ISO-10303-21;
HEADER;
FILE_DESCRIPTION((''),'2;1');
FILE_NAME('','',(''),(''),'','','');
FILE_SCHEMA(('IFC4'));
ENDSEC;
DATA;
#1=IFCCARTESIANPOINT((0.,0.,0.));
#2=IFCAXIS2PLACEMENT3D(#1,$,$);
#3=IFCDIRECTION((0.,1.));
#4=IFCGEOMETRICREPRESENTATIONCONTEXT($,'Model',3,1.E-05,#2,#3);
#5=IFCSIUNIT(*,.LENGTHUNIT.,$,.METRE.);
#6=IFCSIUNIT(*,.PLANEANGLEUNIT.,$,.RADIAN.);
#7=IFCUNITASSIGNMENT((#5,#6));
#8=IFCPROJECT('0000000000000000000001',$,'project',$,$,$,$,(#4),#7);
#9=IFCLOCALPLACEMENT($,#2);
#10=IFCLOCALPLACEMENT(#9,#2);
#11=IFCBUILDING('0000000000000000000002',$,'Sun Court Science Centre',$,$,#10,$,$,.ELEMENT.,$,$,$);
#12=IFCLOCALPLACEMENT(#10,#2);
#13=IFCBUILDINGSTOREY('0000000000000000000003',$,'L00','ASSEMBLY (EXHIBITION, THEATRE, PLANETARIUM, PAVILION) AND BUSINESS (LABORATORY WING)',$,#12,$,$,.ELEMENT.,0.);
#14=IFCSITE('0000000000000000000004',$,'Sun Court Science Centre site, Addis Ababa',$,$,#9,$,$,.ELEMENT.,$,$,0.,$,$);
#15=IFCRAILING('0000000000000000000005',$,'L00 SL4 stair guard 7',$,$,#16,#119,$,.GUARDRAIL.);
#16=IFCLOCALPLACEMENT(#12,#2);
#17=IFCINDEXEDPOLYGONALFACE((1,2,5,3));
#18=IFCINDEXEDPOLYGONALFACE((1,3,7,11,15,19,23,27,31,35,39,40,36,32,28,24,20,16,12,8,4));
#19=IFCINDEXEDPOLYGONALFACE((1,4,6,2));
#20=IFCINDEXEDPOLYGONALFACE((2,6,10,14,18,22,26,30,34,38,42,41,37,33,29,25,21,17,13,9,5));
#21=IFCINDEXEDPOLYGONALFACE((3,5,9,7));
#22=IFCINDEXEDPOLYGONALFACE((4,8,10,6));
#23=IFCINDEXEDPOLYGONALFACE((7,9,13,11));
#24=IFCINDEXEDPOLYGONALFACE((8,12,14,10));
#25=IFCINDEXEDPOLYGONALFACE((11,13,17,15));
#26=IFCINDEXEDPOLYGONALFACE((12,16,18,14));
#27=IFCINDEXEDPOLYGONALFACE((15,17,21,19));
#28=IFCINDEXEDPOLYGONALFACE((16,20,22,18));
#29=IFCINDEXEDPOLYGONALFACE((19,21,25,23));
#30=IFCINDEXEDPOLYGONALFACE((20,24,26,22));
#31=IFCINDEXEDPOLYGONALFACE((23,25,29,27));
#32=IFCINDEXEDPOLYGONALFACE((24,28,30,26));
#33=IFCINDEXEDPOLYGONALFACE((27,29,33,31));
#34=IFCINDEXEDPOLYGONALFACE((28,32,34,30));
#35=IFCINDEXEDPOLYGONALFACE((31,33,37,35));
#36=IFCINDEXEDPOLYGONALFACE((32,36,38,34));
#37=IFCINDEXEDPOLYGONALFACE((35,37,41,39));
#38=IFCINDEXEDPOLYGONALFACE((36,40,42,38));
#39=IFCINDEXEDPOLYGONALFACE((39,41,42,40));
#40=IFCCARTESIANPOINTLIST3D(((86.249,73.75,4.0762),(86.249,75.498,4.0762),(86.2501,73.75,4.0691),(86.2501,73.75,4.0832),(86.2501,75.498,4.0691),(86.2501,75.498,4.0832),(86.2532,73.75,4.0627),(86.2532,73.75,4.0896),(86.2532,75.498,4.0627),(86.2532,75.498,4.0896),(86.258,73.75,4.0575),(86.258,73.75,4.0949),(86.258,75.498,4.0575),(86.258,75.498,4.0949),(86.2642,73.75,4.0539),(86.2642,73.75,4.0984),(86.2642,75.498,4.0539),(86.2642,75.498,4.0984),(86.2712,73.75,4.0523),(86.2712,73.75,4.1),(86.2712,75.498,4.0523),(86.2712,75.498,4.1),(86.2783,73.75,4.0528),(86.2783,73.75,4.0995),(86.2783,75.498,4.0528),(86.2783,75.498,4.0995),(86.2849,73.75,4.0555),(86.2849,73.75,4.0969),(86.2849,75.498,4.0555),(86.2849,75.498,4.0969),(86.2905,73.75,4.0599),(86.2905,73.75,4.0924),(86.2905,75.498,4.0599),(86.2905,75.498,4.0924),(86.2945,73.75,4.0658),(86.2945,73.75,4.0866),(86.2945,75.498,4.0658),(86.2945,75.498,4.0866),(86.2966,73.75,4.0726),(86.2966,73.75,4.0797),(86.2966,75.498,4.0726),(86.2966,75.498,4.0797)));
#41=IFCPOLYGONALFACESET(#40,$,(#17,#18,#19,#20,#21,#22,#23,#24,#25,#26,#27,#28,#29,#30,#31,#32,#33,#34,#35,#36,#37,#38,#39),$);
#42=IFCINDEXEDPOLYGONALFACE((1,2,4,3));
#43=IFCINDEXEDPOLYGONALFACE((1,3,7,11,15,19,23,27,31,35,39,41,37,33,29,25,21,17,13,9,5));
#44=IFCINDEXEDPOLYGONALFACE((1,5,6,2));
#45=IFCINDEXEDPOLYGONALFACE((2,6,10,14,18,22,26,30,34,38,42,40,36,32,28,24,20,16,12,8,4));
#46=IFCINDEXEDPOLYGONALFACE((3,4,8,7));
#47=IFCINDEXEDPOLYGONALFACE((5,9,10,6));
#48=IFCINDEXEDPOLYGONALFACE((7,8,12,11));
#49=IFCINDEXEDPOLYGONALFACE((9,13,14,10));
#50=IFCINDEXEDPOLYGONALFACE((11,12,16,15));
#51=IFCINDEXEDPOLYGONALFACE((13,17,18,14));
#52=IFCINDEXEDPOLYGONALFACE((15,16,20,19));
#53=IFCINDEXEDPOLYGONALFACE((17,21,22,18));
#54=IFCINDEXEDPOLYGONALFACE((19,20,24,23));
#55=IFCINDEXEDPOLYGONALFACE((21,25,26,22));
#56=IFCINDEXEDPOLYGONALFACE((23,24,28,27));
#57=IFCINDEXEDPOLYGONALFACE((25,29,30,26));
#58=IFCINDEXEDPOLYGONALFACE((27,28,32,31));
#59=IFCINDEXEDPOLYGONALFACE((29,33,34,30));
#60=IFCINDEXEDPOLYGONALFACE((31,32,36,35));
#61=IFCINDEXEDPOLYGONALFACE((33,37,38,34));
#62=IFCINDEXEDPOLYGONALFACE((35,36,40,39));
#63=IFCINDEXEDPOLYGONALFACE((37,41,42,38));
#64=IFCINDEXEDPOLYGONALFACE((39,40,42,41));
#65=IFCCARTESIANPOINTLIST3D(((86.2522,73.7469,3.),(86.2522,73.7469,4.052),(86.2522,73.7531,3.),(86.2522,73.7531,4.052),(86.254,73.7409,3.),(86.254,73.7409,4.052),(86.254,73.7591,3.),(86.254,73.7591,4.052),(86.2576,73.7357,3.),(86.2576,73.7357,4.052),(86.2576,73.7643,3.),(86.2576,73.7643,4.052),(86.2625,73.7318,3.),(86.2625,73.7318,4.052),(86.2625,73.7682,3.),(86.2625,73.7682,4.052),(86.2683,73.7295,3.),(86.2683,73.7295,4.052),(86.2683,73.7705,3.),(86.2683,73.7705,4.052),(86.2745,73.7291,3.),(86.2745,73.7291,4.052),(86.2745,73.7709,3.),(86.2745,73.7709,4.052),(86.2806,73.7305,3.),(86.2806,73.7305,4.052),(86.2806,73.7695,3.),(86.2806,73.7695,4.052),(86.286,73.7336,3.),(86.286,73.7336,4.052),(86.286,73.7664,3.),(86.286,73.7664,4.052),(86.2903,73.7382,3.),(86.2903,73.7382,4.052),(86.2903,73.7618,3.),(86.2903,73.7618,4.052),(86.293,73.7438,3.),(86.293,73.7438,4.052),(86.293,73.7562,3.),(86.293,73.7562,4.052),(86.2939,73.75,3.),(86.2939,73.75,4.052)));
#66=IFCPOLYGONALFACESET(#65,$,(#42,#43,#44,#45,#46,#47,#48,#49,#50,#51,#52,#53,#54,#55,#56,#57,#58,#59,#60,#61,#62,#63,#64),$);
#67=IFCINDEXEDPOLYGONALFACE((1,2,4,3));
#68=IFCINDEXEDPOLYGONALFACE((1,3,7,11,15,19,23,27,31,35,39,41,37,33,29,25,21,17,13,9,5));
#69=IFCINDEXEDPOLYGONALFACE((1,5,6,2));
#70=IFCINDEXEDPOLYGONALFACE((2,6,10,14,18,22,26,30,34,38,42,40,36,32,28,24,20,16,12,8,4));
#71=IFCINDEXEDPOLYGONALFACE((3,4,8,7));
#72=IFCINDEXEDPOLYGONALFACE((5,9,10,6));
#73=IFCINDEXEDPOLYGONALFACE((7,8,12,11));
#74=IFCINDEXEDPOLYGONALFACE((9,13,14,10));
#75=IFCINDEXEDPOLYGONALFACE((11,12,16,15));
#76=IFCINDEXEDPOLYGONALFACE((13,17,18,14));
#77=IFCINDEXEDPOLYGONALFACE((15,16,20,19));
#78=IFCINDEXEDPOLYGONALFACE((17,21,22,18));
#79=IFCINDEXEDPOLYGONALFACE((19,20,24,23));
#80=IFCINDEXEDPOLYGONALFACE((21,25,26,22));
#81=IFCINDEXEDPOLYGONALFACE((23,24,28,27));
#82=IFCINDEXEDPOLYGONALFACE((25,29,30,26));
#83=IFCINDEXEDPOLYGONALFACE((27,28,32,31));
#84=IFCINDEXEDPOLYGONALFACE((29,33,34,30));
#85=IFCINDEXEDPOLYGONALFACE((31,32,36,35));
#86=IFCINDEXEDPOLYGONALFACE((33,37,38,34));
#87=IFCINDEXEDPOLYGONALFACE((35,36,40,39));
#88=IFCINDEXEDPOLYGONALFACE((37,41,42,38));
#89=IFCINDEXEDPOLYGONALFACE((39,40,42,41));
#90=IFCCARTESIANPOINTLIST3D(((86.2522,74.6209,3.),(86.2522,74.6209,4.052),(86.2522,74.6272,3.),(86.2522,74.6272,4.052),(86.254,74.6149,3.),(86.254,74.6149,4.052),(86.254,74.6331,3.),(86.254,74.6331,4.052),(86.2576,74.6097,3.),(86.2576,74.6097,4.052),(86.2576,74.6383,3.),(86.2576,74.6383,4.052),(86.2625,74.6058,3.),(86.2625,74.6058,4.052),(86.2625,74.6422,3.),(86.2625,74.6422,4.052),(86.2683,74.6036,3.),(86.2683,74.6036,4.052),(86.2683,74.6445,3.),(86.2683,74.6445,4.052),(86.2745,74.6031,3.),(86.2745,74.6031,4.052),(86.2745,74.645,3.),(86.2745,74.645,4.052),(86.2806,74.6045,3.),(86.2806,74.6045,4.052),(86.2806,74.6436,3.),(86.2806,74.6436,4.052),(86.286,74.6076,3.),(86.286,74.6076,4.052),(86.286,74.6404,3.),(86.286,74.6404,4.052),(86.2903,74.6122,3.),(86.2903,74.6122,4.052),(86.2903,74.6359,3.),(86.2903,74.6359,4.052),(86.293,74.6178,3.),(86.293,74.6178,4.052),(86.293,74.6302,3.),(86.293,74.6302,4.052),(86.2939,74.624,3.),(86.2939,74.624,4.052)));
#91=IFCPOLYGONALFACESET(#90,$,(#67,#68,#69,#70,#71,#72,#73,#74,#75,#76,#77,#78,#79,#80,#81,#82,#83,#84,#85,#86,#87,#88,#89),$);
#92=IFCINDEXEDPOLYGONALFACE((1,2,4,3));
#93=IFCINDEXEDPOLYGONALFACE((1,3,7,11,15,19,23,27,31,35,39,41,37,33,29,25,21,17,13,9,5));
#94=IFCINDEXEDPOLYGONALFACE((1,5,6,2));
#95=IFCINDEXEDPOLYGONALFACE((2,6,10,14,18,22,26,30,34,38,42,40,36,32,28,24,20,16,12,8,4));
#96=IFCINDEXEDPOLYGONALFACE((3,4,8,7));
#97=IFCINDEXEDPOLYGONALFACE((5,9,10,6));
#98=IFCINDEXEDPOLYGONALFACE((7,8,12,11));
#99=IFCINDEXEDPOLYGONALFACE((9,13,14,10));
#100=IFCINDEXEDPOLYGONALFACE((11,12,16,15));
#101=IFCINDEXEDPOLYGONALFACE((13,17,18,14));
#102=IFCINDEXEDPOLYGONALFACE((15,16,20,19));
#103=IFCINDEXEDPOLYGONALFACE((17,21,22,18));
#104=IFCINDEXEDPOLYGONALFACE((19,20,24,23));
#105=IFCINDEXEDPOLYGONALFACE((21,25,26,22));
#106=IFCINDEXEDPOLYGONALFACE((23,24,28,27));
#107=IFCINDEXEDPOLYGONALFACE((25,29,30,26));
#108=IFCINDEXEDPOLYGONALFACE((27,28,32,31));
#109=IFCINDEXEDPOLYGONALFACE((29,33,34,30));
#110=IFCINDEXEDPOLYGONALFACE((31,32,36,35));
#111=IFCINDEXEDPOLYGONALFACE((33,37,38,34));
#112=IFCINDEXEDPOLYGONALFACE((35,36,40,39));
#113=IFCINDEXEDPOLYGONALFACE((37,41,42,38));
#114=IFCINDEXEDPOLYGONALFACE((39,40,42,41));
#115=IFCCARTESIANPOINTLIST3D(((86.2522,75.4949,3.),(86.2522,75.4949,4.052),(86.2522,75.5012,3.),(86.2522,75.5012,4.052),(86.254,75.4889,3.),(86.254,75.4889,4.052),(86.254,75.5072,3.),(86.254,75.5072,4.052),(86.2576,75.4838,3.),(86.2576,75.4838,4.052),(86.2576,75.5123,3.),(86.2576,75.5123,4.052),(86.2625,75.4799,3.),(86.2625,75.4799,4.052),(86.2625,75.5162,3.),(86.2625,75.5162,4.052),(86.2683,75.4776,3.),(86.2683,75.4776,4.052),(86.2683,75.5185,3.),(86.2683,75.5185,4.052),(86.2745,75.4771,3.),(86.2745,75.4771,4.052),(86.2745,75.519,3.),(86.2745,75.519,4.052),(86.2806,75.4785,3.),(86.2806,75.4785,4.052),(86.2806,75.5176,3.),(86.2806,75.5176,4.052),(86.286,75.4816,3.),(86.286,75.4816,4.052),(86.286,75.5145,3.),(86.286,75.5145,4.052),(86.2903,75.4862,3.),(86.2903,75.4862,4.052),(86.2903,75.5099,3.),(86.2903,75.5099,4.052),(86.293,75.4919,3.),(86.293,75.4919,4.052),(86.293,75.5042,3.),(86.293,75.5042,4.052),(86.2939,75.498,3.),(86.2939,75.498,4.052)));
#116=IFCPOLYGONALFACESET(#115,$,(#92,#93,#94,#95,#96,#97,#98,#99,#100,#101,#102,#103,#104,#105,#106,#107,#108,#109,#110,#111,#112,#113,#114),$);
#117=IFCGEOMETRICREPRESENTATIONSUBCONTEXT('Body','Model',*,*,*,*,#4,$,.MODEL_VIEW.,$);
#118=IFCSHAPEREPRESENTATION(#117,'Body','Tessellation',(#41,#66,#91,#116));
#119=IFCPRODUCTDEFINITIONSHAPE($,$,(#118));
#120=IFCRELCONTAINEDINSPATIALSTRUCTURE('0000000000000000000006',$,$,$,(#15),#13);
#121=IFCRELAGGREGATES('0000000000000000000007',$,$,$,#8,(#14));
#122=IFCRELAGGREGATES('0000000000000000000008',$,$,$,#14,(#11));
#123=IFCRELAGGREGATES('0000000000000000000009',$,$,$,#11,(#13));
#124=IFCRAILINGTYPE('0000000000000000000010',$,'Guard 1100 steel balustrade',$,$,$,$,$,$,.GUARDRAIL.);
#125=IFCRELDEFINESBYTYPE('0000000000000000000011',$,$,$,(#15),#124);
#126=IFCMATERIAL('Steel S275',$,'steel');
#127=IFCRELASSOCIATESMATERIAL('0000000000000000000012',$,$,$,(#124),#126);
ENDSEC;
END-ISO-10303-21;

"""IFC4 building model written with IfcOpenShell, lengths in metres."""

from ifc_helpers import new_model, si_unit, direction, frame, origin, origin_2d, place, context, subcontext, project, spatial, circle, extrude, material, type_object, element, save


model = new_model("IFC4")

# Units and contexts
model_context = context("Model", 3, precision=1e-05, world=origin(), true_north=direction((0.0, 1.0)))
body_context = subcontext(model_context, "Body", "Model", "MODEL_VIEW")
ifc_project = project(units=[si_unit("LENGTHUNIT", "METRE"), si_unit("PLANEANGLEUNIT", "RADIAN")], contexts=[model_context])

# Site, building, storey
site_placement = place(None, origin())
site = spatial("IfcSite", under=ifc_project, at=site_placement, Name="Sun Court Science Centre site, Addis Ababa", CompositionType="ELEMENT", RefElevation=0.0)
building_placement = place(site_placement, origin())
building = spatial("IfcBuilding", under=site, at=building_placement, Name="Sun Court Science Centre", CompositionType="ELEMENT")
storey_placement = place(building_placement, origin())
storey = spatial("IfcBuildingStorey", under=building, at=storey_placement, Name="L00", Description="ASSEMBLY (EXHIBITION, THEATRE, PLANETARIUM, PAVILION) AND BUSINESS (LABORATORY WING)", CompositionType="ELEMENT", Elevation=0.0)

# Railing
ifc_material_1 = material(Name="Steel S275", Category="steel")
railing_type_1 = type_object("IfcRailingType", Name="Guard 1100 steel balustrade", PredefinedType="GUARDRAIL", material=ifc_material_1)
railing_1_placement = place(storey_placement, frame((86.2729, 73.75, 3.0)))
element("IfcRailing", 1, at=railing_1_placement, inside=storey, type_object=railing_type_1, Name="L00 SL4 stair guard 7", PredefinedType="GUARDRAIL", context=body_context, shape_type="SweptSolid", body=[
    extrude(circle(Radius=0.0239, at=origin_2d()), frame((0.0, 0.0, 1.0762), z_axis=(0.0, 1.0, 0.0), x_axis=(-1.0, 0.0, 0.0)), (0.0, 0.0, 1.0), 1.748),
    extrude(circle(Radius=0.021, at=origin_2d()), origin(), (0.0, 0.0, 1.0), 1.052),
    extrude(circle(Radius=0.021, at=origin_2d()), frame((0.0, 0.874, 0.0)), (0.0, 0.0, 1.0), 1.052),
    extrude(circle(Radius=0.021, at=origin_2d()), frame((0.0, 1.748, 0.0)), (0.0, 0.0, 1.0), 1.052),
])

save(model, "model.ifc")
